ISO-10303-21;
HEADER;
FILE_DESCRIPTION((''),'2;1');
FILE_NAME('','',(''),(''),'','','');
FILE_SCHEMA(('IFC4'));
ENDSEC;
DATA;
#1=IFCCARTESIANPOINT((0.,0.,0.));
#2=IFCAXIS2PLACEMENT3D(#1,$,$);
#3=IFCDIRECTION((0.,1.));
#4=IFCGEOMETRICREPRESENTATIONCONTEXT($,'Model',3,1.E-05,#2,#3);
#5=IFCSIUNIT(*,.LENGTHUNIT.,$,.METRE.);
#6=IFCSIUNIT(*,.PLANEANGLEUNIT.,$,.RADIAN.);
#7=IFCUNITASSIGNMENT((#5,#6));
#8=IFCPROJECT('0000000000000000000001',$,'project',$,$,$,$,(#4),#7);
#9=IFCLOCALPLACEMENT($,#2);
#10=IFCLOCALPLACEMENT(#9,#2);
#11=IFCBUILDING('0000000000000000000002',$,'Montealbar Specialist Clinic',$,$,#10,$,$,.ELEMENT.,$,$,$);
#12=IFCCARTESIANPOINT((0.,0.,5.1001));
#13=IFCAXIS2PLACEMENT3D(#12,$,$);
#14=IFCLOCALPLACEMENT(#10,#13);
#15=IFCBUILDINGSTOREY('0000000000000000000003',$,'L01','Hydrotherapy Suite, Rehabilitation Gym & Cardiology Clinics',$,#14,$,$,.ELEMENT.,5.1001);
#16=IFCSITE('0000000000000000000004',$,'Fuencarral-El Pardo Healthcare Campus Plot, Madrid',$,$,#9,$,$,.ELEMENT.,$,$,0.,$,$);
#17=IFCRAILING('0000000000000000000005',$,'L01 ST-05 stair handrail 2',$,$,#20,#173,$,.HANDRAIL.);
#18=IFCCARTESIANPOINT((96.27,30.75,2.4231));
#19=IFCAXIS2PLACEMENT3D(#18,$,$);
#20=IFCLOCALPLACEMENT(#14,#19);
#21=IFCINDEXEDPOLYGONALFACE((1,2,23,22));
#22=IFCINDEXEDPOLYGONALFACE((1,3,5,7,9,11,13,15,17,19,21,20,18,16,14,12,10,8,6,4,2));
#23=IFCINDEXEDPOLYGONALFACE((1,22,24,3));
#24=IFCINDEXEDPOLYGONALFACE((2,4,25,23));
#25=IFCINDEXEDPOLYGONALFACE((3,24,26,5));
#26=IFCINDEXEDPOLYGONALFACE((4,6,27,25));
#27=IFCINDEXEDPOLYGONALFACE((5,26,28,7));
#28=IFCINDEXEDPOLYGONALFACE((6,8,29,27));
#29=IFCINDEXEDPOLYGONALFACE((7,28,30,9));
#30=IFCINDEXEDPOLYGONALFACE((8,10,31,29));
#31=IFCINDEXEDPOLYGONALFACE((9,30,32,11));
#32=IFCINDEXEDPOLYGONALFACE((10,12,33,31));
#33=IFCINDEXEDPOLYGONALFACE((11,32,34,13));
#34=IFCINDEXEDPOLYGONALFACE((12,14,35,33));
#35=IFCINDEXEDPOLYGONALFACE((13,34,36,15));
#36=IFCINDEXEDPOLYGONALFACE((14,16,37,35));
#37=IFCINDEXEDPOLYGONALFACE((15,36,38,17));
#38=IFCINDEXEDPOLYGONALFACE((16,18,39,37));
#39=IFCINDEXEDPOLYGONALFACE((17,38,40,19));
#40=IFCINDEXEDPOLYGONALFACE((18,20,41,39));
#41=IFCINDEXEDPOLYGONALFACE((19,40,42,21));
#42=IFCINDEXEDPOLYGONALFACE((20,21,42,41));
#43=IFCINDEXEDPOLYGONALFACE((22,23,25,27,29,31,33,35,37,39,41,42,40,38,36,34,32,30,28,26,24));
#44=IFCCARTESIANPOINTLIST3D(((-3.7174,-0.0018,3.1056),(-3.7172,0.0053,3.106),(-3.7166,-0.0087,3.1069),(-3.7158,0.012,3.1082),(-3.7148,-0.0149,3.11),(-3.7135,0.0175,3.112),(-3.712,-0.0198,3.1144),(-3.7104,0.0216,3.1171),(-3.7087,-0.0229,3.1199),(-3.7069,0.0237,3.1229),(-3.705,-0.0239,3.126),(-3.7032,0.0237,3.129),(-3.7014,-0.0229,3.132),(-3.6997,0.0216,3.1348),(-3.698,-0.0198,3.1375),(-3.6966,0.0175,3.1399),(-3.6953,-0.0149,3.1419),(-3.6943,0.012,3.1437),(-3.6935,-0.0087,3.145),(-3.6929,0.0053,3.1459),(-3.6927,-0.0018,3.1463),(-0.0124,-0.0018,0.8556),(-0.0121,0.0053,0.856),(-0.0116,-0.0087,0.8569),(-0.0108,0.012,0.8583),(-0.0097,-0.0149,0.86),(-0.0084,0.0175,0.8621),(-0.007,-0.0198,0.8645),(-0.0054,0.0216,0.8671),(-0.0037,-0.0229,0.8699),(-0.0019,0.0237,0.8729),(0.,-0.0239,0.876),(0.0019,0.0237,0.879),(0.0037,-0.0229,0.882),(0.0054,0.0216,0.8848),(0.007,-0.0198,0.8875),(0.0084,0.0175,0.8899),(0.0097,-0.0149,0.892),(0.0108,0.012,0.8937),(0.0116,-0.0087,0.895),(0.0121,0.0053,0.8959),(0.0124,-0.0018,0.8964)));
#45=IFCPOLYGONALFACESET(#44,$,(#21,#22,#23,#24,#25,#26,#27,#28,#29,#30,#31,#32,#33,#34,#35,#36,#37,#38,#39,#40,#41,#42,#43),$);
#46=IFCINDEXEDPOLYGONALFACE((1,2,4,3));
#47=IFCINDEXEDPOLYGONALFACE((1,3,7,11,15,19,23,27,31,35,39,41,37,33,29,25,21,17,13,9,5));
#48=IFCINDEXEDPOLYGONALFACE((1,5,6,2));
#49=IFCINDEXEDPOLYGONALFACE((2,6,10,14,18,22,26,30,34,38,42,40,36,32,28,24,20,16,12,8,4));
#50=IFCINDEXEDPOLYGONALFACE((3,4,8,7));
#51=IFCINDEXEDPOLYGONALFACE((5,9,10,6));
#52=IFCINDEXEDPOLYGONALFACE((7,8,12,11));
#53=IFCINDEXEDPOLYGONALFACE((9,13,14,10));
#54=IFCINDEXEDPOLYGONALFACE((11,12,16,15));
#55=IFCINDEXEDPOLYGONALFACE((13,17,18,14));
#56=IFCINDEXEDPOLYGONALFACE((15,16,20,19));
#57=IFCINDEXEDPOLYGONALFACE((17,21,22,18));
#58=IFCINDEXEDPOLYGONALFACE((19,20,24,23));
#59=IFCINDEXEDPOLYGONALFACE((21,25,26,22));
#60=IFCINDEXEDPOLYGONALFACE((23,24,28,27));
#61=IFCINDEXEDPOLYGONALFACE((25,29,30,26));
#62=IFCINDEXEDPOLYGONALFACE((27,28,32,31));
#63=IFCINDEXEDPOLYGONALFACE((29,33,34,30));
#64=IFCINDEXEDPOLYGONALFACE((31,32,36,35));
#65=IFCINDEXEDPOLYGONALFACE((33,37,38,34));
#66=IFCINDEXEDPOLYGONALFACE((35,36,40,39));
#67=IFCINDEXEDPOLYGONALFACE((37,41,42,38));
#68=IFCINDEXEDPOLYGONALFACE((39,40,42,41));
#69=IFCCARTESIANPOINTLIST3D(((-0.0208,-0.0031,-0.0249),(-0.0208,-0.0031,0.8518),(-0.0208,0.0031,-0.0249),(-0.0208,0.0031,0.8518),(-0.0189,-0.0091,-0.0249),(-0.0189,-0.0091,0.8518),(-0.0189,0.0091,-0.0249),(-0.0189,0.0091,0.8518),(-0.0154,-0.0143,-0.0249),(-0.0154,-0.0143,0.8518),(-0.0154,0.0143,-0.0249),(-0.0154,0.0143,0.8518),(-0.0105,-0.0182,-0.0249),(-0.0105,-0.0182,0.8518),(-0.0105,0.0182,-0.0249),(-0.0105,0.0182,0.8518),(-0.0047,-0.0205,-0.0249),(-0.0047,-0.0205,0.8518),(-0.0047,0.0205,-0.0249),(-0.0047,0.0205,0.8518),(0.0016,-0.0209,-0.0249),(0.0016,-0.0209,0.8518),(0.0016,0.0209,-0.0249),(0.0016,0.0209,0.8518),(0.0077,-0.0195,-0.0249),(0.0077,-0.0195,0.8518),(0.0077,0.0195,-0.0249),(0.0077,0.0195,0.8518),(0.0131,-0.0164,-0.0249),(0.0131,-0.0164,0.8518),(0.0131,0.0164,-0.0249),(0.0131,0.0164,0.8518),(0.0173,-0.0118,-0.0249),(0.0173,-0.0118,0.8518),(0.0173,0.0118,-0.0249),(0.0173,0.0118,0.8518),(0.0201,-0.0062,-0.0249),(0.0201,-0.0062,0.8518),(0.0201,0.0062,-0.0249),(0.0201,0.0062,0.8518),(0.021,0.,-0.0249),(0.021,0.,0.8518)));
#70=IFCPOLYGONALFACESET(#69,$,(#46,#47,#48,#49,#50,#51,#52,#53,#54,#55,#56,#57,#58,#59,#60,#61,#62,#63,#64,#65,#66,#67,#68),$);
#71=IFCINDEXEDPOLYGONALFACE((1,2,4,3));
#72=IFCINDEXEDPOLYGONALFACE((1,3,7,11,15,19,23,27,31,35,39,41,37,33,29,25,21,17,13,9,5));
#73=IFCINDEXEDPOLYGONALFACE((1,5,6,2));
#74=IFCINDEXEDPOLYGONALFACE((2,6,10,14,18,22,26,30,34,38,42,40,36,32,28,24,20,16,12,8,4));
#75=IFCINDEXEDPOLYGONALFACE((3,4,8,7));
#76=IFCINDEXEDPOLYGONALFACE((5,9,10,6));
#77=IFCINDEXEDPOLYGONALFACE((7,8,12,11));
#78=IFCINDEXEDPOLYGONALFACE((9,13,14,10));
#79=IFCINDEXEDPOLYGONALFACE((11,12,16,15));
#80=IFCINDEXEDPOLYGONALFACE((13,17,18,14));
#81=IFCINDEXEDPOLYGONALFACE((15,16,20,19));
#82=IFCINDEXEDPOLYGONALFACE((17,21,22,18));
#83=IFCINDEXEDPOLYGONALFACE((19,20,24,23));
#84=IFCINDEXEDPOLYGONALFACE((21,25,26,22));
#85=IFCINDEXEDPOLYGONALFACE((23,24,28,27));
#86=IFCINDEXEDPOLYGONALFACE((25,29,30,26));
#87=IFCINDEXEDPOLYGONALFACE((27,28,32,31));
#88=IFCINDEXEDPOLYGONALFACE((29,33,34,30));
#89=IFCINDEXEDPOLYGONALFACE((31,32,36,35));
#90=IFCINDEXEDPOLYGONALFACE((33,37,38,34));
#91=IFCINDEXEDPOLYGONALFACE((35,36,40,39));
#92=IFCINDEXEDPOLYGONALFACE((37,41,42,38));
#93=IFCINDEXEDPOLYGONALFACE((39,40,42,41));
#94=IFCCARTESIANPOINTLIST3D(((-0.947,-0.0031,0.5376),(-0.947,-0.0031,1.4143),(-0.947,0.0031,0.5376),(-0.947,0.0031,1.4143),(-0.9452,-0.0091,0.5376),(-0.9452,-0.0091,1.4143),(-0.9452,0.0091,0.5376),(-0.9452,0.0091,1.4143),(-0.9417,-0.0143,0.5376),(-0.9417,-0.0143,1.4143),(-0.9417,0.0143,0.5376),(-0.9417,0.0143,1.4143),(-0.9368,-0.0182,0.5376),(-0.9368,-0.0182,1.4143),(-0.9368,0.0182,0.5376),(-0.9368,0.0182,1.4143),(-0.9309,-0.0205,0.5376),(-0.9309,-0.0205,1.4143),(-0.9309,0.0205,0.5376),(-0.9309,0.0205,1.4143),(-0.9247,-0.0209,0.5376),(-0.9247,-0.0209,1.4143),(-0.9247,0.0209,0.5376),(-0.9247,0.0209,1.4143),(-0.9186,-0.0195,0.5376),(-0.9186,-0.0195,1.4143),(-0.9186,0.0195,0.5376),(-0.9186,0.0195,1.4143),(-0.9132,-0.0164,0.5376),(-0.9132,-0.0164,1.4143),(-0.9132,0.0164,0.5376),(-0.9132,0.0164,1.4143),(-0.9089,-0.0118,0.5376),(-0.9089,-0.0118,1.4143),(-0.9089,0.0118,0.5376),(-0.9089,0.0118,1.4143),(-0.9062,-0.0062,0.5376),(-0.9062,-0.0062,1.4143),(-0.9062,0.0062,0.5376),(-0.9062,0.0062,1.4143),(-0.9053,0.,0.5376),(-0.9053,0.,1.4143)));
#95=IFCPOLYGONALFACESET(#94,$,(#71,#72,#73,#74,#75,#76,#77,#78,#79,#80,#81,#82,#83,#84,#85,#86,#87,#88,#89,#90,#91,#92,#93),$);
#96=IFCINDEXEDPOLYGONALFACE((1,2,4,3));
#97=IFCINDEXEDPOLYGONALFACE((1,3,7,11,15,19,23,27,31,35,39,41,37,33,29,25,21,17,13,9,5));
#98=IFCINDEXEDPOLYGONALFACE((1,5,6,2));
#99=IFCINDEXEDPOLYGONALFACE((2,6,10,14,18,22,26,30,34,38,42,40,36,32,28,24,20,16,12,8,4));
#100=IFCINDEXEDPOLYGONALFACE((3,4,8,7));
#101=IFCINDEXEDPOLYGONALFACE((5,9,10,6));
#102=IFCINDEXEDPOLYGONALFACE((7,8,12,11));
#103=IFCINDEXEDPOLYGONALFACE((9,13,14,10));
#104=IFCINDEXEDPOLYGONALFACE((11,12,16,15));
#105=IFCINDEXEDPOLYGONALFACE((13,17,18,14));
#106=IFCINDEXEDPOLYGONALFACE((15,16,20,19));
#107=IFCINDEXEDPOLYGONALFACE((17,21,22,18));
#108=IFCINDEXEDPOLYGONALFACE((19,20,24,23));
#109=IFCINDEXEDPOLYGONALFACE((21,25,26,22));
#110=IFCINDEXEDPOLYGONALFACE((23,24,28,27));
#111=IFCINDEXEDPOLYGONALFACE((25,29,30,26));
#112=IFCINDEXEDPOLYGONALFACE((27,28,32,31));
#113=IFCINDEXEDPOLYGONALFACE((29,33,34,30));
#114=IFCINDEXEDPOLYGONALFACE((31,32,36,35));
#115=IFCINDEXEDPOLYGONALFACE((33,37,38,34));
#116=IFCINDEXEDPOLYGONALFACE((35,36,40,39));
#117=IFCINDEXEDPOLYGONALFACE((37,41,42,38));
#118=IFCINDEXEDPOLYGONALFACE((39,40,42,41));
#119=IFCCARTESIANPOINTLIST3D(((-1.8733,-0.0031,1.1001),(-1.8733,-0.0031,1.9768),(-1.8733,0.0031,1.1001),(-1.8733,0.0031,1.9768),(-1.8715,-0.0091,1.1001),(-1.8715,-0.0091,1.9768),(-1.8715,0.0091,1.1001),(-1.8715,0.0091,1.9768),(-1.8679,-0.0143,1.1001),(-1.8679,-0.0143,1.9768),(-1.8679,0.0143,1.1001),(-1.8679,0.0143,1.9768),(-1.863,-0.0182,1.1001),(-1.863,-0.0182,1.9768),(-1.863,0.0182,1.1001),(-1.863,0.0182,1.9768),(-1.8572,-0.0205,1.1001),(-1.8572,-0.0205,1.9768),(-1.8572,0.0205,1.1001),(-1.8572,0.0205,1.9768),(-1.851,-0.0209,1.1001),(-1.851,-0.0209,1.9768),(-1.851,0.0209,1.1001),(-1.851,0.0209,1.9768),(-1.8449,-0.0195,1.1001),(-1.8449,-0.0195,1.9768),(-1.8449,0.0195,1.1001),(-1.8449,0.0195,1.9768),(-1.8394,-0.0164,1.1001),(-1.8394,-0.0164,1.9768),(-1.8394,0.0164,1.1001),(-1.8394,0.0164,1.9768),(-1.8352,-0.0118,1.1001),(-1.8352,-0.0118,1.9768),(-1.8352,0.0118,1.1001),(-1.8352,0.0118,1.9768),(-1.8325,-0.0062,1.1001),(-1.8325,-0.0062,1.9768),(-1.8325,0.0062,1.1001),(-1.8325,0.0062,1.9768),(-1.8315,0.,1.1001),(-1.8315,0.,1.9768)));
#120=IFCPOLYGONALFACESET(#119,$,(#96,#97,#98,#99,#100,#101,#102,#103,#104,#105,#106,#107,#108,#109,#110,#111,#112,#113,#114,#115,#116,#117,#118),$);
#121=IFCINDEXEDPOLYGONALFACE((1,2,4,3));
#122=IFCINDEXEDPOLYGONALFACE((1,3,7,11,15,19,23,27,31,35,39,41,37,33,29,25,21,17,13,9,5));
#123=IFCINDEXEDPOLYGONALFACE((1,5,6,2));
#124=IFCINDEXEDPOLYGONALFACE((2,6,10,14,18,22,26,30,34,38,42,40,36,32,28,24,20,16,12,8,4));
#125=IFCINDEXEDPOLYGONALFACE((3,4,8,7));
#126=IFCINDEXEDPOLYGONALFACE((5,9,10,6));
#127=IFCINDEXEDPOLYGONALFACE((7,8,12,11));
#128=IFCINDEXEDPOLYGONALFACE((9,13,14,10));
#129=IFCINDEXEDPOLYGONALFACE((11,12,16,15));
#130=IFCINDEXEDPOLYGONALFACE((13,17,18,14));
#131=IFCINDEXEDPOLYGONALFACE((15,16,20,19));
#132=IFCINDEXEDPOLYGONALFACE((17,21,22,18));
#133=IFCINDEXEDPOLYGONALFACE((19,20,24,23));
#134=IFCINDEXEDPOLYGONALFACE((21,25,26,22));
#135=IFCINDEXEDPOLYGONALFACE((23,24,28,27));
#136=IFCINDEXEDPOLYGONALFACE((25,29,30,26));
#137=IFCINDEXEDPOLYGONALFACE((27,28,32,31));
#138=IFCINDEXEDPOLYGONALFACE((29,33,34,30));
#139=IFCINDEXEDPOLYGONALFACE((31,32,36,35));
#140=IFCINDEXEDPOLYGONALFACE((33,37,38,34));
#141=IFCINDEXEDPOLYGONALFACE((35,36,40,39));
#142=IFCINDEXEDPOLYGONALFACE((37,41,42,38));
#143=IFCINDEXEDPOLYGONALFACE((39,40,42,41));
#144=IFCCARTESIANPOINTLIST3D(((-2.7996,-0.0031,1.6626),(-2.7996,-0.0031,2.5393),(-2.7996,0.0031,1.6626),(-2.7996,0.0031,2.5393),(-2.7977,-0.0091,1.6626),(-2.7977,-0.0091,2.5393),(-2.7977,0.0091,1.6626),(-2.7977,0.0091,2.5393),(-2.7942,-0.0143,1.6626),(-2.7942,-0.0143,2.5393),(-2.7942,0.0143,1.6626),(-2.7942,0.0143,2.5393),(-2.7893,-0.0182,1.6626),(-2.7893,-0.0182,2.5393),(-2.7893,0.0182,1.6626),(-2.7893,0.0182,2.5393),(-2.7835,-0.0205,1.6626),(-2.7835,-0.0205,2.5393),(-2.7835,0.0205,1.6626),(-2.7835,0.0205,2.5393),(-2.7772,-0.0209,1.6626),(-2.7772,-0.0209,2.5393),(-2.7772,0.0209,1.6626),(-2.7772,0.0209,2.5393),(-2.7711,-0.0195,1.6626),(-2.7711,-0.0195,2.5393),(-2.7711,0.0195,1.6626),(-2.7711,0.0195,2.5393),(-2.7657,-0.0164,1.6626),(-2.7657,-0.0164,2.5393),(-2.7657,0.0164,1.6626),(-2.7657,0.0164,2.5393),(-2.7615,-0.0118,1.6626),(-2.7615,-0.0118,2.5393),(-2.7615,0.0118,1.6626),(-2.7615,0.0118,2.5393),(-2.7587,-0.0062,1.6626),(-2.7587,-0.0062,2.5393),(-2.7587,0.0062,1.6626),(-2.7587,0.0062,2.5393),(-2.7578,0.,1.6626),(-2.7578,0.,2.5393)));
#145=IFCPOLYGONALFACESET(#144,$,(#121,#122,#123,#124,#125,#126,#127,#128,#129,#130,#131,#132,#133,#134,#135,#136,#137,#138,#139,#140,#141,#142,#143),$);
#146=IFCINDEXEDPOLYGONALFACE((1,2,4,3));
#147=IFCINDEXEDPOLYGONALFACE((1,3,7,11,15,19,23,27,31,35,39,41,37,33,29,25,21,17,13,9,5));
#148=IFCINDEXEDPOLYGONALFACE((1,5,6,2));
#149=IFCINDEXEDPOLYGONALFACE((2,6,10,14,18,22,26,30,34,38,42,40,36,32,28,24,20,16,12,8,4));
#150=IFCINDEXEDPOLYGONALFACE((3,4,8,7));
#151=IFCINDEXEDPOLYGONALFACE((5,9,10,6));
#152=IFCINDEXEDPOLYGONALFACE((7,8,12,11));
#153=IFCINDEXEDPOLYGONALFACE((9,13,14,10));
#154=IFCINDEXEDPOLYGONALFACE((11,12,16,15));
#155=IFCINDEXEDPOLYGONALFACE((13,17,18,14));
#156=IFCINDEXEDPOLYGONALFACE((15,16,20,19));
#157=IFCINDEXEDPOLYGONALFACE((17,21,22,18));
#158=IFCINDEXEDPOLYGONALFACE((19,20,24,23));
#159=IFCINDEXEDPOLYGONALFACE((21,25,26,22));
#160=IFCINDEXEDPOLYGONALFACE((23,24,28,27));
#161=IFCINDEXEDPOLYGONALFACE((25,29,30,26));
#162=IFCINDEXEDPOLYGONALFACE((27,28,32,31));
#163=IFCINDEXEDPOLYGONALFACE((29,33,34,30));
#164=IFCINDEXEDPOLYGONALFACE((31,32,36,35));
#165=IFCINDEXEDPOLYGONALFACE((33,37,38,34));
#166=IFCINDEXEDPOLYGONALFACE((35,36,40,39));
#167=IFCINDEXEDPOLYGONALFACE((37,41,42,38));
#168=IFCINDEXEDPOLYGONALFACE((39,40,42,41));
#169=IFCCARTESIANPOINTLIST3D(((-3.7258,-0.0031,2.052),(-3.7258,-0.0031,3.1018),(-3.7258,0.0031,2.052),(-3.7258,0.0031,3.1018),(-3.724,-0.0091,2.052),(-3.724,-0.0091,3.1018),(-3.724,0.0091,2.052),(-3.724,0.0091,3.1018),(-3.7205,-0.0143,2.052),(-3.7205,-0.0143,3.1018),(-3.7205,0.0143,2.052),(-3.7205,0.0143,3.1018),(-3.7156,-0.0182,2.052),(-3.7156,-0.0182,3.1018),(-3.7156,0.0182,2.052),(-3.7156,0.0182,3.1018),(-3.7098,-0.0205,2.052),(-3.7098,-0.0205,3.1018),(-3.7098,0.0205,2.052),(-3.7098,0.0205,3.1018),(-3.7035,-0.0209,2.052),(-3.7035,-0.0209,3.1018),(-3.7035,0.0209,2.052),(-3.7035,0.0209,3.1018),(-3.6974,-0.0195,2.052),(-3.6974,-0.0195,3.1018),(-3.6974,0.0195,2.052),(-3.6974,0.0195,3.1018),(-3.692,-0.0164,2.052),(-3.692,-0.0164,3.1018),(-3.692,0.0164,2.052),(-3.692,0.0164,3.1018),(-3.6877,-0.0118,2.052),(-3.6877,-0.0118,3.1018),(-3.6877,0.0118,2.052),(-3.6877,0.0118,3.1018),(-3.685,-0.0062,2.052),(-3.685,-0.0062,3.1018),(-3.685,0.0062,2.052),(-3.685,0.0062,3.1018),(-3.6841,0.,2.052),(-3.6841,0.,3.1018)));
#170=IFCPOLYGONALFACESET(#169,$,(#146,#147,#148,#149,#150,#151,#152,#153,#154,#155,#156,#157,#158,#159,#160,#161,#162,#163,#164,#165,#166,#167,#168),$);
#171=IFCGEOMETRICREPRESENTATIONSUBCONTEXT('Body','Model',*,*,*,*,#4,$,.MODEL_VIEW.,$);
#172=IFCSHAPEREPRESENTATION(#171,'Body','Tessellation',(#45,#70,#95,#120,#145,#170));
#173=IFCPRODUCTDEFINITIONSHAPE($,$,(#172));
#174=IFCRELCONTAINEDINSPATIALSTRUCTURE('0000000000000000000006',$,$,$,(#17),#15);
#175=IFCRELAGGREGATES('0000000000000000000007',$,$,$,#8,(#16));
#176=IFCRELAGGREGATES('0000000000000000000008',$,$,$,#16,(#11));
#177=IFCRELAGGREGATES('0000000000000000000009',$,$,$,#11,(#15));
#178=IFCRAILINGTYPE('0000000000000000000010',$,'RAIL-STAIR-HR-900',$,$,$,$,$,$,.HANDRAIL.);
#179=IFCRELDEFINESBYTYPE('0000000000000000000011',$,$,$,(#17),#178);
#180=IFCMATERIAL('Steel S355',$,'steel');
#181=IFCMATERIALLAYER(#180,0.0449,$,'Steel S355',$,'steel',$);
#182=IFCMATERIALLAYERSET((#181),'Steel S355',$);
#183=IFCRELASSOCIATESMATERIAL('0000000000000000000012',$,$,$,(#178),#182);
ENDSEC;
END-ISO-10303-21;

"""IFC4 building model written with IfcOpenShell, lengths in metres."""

from ifc_helpers import new_model, si_unit, direction, frame, origin, origin_2d, place, context, subcontext, project, spatial, circle, extrude, material, layer, layer_set, type_object, element, save


model = new_model("IFC4")

# Units and contexts
model_context = context("Model", 3, precision=1e-05, world=origin(), true_north=direction((0.0, 1.0)))
body_context = subcontext(model_context, "Body", "Model", "MODEL_VIEW")
ifc_project = project(units=[si_unit("LENGTHUNIT", "METRE"), si_unit("PLANEANGLEUNIT", "RADIAN")], contexts=[model_context])

# Site, building, storey
site_placement = place(None, origin())
site = spatial("IfcSite", under=ifc_project, at=site_placement, Name="Fuencarral-El Pardo Healthcare Campus Plot, Madrid", CompositionType="ELEMENT", RefElevation=0.0)
building_placement = place(site_placement, origin())
building = spatial("IfcBuilding", under=site, at=building_placement, Name="Montealbar Specialist Clinic", CompositionType="ELEMENT")
storey_placement = place(building_placement, frame((0.0, 0.0, 5.1001)))
storey = spatial("IfcBuildingStorey", under=building, at=storey_placement, Name="L01", Description="Hydrotherapy Suite, Rehabilitation Gym & Cardiology Clinics", CompositionType="ELEMENT", Elevation=5.1001)

# Shared definitions
ifc_material_1 = material(Name="Steel S355", Category="steel")

# Railing
ifc_layer_1 = layer(ifc_material_1, 0.0449, Name="Steel S355", Category="steel")
ifc_layer_set_1 = layer_set([ifc_layer_1], Name="Steel S355")
railing_type_1 = type_object("IfcRailingType", Name="RAIL-STAIR-HR-900", PredefinedType="HANDRAIL", material=ifc_layer_set_1)
railing_1_placement = place(storey_placement, frame((96.27, 30.75, 2.4231)))
element("IfcRailing", 1, at=railing_1_placement, inside=storey, type_object=railing_type_1, Name="L01 ST-05 stair handrail 2", PredefinedType="HANDRAIL", context=body_context, shape_type="SweptSolid", body=[
    extrude(circle(Radius=0.0239, at=origin_2d()), frame((0.0, 0.0, 0.876), z_axis=(-0.854738, 0.0, 0.51906), x_axis=(0.0, -1.0, 0.0)), (0.0, 0.0, 1.0), 4.3347),
    extrude(circle(Radius=0.021, at=origin_2d()), frame((0.0, 0.0, -0.0249)), (0.0, 0.0, 1.0), 0.8767),
    extrude(circle(Radius=0.021, at=origin_2d()), frame((-0.9263, 0.0, 0.5376)), (0.0, 0.0, 1.0), 0.8767),
    extrude(circle(Radius=0.021, at=origin_2d()), frame((-1.8525, 0.0, 1.1001)), (0.0, 0.0, 1.0), 0.8767),
    extrude(circle(Radius=0.021, at=origin_2d()), frame((-2.7788, 0.0, 1.6626)), (0.0, 0.0, 1.0), 0.8767),
    extrude(circle(Radius=0.021, at=origin_2d()), frame((-3.7051, 0.0, 2.052)), (0.0, 0.0, 1.0), 1.0498),
])

save(model, "model.ifc")
